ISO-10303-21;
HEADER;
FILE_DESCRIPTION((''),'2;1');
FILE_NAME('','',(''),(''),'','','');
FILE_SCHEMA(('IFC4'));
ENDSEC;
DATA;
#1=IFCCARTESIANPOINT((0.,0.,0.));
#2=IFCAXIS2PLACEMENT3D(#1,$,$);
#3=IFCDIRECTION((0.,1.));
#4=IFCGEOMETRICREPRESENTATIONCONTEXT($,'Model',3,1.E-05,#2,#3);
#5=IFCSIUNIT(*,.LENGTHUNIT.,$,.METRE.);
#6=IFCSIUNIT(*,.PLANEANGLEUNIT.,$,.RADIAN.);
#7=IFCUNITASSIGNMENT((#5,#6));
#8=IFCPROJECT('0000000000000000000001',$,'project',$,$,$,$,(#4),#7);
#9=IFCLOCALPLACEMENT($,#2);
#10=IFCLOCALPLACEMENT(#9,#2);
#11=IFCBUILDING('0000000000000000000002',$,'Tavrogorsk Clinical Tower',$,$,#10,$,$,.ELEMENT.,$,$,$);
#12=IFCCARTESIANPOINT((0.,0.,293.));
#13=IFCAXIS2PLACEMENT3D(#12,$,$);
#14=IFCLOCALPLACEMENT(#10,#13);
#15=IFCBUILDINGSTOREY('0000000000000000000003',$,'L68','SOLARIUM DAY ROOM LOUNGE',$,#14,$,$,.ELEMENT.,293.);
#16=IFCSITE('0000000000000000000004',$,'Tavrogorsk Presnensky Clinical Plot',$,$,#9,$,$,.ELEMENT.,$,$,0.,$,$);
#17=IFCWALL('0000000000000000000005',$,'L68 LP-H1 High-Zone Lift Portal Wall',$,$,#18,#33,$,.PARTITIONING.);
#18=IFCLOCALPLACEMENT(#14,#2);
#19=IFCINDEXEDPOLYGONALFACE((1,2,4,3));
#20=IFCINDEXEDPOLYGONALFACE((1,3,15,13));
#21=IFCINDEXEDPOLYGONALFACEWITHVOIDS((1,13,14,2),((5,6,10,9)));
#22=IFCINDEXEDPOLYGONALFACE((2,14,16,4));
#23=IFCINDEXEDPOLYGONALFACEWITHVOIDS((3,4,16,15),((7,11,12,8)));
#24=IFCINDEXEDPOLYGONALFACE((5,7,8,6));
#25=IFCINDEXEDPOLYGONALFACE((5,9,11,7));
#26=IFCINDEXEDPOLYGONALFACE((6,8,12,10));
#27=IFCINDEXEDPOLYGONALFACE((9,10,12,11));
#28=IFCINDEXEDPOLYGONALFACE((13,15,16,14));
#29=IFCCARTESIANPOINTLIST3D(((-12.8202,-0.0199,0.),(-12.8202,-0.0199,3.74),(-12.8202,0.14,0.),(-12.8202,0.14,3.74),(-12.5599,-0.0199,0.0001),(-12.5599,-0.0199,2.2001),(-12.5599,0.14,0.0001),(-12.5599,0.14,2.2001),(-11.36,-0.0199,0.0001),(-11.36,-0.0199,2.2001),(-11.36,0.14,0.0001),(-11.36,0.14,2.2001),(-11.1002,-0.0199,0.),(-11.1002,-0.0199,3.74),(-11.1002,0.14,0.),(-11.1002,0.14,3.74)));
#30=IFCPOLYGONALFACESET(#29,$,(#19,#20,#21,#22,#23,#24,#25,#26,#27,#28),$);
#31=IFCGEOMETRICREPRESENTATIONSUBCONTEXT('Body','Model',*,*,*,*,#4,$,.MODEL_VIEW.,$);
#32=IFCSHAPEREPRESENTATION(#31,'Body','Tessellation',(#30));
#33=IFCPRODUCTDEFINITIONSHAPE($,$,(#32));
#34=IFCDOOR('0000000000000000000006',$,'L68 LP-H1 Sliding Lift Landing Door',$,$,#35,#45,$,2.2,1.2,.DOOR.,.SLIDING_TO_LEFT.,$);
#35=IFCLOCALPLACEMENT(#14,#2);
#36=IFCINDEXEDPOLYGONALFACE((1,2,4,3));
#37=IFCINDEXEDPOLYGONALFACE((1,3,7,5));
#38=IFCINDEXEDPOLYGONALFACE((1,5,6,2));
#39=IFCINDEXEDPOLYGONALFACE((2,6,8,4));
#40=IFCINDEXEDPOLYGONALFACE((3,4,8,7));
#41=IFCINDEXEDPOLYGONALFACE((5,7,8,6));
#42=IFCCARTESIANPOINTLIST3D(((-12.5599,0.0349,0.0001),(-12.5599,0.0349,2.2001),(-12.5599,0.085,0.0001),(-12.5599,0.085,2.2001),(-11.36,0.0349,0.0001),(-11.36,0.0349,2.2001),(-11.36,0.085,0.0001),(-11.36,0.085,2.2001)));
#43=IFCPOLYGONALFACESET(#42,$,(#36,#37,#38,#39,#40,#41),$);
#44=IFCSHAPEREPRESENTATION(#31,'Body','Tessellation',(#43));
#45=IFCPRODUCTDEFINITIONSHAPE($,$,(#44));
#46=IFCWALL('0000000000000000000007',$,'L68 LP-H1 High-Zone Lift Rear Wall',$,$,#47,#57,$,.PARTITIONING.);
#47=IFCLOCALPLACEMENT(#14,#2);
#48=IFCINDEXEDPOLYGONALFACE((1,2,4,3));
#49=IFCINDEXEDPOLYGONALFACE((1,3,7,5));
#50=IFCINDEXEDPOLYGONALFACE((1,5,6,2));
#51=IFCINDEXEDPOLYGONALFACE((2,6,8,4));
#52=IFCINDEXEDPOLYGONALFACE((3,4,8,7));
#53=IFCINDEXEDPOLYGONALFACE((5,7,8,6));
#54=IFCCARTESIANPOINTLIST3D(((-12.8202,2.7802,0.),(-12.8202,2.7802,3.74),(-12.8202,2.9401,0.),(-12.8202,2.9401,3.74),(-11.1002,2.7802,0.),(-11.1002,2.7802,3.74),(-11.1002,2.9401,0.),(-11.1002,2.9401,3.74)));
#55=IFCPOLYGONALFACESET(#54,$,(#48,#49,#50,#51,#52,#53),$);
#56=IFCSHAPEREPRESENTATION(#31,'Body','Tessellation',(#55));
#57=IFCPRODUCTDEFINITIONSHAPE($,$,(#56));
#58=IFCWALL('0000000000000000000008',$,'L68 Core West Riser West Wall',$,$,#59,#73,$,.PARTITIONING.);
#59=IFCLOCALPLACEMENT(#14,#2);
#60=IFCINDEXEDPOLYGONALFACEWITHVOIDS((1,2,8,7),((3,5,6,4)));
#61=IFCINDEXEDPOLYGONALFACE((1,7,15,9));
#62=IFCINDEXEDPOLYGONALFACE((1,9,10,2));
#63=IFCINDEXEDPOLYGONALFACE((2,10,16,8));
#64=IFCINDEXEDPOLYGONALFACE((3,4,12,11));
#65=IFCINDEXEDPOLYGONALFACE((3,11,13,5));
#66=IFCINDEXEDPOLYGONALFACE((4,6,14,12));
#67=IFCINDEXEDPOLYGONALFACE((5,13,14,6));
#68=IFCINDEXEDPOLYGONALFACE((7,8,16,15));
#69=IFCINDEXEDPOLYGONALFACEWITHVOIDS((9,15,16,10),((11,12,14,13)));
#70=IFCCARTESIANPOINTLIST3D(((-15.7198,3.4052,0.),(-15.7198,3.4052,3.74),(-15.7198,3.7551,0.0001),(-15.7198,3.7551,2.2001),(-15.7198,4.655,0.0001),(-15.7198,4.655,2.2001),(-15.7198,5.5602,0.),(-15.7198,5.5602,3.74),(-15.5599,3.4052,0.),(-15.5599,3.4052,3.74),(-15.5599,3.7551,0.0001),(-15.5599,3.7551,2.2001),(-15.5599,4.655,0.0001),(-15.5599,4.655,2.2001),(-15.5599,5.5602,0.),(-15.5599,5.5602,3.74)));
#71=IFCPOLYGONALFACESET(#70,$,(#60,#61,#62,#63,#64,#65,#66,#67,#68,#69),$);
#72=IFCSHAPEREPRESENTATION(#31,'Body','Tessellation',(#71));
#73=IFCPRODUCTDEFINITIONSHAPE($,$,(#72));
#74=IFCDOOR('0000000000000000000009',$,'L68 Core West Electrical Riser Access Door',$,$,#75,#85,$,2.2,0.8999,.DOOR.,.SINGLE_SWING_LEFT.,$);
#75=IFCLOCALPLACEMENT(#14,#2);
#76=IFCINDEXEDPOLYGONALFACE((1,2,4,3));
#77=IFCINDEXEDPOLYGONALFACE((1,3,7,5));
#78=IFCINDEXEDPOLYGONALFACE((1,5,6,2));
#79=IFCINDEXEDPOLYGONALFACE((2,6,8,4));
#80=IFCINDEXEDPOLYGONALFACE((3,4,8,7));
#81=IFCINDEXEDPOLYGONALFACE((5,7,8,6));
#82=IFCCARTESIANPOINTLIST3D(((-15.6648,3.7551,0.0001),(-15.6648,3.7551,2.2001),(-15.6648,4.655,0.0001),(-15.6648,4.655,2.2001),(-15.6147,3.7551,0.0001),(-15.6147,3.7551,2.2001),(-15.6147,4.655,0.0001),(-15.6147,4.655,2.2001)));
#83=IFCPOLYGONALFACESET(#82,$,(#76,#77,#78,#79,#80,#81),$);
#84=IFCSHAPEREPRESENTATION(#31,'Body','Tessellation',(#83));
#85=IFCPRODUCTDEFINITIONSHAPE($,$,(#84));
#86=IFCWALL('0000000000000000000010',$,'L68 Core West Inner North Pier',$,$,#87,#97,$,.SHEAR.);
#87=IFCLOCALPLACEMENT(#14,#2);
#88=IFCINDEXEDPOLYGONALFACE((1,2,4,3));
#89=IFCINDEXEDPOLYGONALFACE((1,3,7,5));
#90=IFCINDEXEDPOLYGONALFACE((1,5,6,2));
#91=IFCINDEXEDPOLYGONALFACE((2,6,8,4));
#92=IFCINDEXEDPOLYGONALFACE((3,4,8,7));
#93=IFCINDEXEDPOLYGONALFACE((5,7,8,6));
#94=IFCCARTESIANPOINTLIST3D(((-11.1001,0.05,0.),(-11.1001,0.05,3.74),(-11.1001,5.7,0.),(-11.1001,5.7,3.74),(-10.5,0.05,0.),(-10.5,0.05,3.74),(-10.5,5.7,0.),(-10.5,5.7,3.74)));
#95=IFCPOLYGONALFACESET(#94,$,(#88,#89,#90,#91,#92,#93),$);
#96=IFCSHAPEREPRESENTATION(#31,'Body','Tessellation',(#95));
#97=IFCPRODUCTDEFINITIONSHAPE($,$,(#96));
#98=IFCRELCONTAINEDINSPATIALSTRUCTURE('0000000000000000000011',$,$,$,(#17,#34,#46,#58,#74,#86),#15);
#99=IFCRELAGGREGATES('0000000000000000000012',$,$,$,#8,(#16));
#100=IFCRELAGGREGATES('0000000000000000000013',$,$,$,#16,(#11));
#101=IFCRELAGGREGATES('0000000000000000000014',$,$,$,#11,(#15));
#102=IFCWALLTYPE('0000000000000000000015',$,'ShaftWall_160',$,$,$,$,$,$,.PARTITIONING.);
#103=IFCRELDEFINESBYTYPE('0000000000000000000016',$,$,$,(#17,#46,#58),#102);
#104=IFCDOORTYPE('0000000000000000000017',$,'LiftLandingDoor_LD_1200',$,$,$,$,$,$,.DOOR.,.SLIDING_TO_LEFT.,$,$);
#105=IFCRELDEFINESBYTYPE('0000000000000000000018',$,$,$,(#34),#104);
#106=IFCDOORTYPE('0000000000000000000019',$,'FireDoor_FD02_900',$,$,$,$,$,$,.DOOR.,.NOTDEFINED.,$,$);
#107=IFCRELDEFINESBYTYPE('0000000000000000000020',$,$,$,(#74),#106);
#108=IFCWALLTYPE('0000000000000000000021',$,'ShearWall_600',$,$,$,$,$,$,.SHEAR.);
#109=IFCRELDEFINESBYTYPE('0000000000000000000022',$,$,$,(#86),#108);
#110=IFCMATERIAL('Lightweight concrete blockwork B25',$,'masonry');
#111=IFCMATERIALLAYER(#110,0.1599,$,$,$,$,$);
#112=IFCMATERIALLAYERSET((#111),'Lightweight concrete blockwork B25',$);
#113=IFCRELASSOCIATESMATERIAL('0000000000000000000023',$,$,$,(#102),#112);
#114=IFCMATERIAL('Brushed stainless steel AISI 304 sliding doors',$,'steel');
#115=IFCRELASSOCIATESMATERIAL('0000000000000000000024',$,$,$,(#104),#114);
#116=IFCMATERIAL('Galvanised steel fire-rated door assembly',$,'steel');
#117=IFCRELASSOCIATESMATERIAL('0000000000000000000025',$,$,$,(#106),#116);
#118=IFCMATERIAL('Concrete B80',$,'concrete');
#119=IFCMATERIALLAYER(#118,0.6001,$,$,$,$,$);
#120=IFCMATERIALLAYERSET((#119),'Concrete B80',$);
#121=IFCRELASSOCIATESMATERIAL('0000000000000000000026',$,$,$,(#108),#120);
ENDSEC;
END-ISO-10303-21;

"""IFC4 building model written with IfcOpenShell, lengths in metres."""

from ifc_helpers import new_model, si_unit, direction, frame, frame_2d, origin, place, context, subcontext, project, spatial, rectangle, extrude, material, layer, layer_set, type_object, element, fill, save


model = new_model("IFC4")

# Units and contexts
model_context = context("Model", 3, precision=1e-05, world=origin(), true_north=direction((0.0, 1.0)))
body_context = subcontext(model_context, "Body", "Model", "MODEL_VIEW")
ifc_project = project(units=[si_unit("LENGTHUNIT", "METRE"), si_unit("PLANEANGLEUNIT", "RADIAN")], contexts=[model_context])

# Site, building, storey
site_placement = place(None, origin())
site = spatial("IfcSite", under=ifc_project, at=site_placement, Name="Tavrogorsk Presnensky Clinical Plot", CompositionType="ELEMENT", RefElevation=0.0)
building_placement = place(site_placement, origin())
building = spatial("IfcBuilding", under=site, at=building_placement, Name="Tavrogorsk Clinical Tower", CompositionType="ELEMENT")
storey_placement = place(building_placement, frame((0.0, 0.0, 293.0)))
storey = spatial("IfcBuildingStorey", under=building, at=storey_placement, Name="L68", Description="SOLARIUM DAY ROOM LOUNGE", CompositionType="ELEMENT", Elevation=293.0)

# Shared definitions
ifc_material_1 = material(Name="Lightweight concrete blockwork B25", Category="masonry")
ifc_layer_1 = layer(ifc_material_1, 0.1599)
ifc_layer_set_1 = layer_set([ifc_layer_1], Name="Lightweight concrete blockwork B25")
wall_type_1 = type_object("IfcWallType", Name="ShaftWall_160", PredefinedType="PARTITIONING", material=ifc_layer_set_1)
ifc_material_2 = material(Name="Brushed stainless steel AISI 304 sliding doors", Category="steel")
door_type_1 = type_object("IfcDoorType", Name="LiftLandingDoor_LD_1200", OperationType="SLIDING_TO_LEFT", PredefinedType="DOOR", material=ifc_material_2)

# Wall, opening, door
wall_1_placement = place(storey_placement, frame((-12.8201, 0.0601, 0.0), z_axis=(0.0, 0.0, 1.0), x_axis=(1.0, 0.0, 0.0)))
wall_1 = element("IfcWall", 1, at=wall_1_placement, inside=storey, type_object=wall_type_1, Name="L68 LP-H1 High-Zone Lift Portal Wall", PredefinedType="PARTITIONING", context=body_context, shape_type="SweptSolid", body=[
    extrude(rectangle(XDim=1.72, YDim=0.1599, at=frame_2d((0.8599, 0.0))), origin(), (0.0, 0.0, 1.0), 3.74),
])
opening_1_placement = place(wall_1_placement, frame((0.26, 0.0, 0.0)))
opening_1 = element("IfcOpeningElement", 2, at=opening_1_placement, cuts=wall_1, PredefinedType="OPENING", context=body_context, shape_type="SweptSolid", body=[
    extrude(rectangle(XDim=1.2, YDim=2.2, at=frame_2d((0.6001, 1.1001))), frame((0.0, 0.0898, 0.0), z_axis=(0.0, -1.0, 0.0), x_axis=(1.0, 0.0, 0.0)), (0.0, 0.0, 1.0), 0.1799),
])
door_1_placement = place(opening_1_placement, origin())
door_1 = element("IfcDoor", 3, at=door_1_placement, inside=storey, type_object=door_type_1, Name="L68 LP-H1 Sliding Lift Landing Door", OperationType="SLIDING_TO_LEFT", OverallHeight=2.2, OverallWidth=1.2, PredefinedType="DOOR", context=body_context, shape_type="SweptSolid", body=[
    extrude(rectangle(XDim=1.2, YDim=2.2, at=frame_2d((0.6001, 1.1001))), frame((0.0, 0.0249, 0.0), z_axis=(0.0, -1.0, 0.0), x_axis=(1.0, 0.0, 0.0)), (0.0, 0.0, 1.0), 0.05),
])
fill(opening_1, door_1)

# Wall
wall_2_placement = place(storey_placement, frame((-12.8201, 2.8601, 0.0), z_axis=(0.0, 0.0, 1.0), x_axis=(1.0, 0.0, 0.0)))
element("IfcWall", 4, at=wall_2_placement, inside=storey, type_object=wall_type_1, Name="L68 LP-H1 High-Zone Lift Rear Wall", PredefinedType="PARTITIONING", context=body_context, shape_type="SweptSolid", body=[
    extrude(rectangle(XDim=1.72, YDim=0.1599, at=frame_2d((0.8599, 0.0))), origin(), (0.0, 0.0, 1.0), 3.74),
])

# Wall, opening, door
wall_3_placement = place(storey_placement, frame((-15.6399, 3.405, 0.0), z_axis=(0.0, 0.0, 1.0), x_axis=(0.0, 1.0, 0.0)))
wall_3 = element("IfcWall", 5, at=wall_3_placement, inside=storey, type_object=wall_type_1, Name="L68 Core West Riser West Wall", PredefinedType="PARTITIONING", context=body_context, shape_type="SweptSolid", body=[
    extrude(rectangle(XDim=2.155, YDim=0.1599, at=frame_2d((1.0776, 0.0))), origin(), (0.0, 0.0, 1.0), 3.74),
])
opening_2_placement = place(wall_3_placement, frame((0.3501, 0.0, 0.0)))
opening_2 = element("IfcOpeningElement", 6, at=opening_2_placement, cuts=wall_3, PredefinedType="OPENING", context=body_context, shape_type="SweptSolid", body=[
    extrude(rectangle(XDim=0.8999, YDim=2.2, at=frame_2d((0.45, 1.1001))), frame((0.0, 0.0898, 0.0), z_axis=(0.0, -1.0, 0.0), x_axis=(1.0, 0.0, 0.0)), (0.0, 0.0, 1.0), 0.1799),
])
ifc_material_3 = material(Name="Galvanised steel fire-rated door assembly", Category="steel")
door_type_2 = type_object("IfcDoorType", Name="FireDoor_FD02_900", OperationType="NOTDEFINED", PredefinedType="DOOR", material=ifc_material_3)
door_2_placement = place(opening_2_placement, origin())
door_2 = element("IfcDoor", 7, at=door_2_placement, inside=storey, type_object=door_type_2, Name="L68 Core West Electrical Riser Access Door", OperationType="SINGLE_SWING_LEFT", OverallHeight=2.2, OverallWidth=0.8999, PredefinedType="DOOR", context=body_context, shape_type="SweptSolid", body=[
    extrude(rectangle(XDim=0.8999, YDim=2.2, at=frame_2d((0.45, 1.1001))), frame((0.0, 0.0249, 0.0), z_axis=(0.0, -1.0, 0.0), x_axis=(1.0, 0.0, 0.0)), (0.0, 0.0, 1.0), 0.05),
])
fill(opening_2, door_2)

# Wall
ifc_material_4 = material(Name="Concrete B80", Category="concrete")
ifc_layer_2 = layer(ifc_material_4, 0.6001)
ifc_layer_set_2 = layer_set([ifc_layer_2], Name="Concrete B80")
wall_type_2 = type_object("IfcWallType", Name="ShearWall_600", PredefinedType="SHEAR", material=ifc_layer_set_2)
wall_4_placement = place(storey_placement, frame((-10.8, 0.05, 0.0), z_axis=(0.0, 0.0, 1.0), x_axis=(0.0, 1.0, 0.0)))
element("IfcWall", 8, at=wall_4_placement, inside=storey, type_object=wall_type_2, Name="L68 Core West Inner North Pier", PredefinedType="SHEAR", context=body_context, shape_type="SweptSolid", body=[
    extrude(rectangle(XDim=5.6499, YDim=0.6001, at=frame_2d((2.825, 0.0))), origin(), (0.0, 0.0, 1.0), 3.74),
])

save(model, "model.ifc")
